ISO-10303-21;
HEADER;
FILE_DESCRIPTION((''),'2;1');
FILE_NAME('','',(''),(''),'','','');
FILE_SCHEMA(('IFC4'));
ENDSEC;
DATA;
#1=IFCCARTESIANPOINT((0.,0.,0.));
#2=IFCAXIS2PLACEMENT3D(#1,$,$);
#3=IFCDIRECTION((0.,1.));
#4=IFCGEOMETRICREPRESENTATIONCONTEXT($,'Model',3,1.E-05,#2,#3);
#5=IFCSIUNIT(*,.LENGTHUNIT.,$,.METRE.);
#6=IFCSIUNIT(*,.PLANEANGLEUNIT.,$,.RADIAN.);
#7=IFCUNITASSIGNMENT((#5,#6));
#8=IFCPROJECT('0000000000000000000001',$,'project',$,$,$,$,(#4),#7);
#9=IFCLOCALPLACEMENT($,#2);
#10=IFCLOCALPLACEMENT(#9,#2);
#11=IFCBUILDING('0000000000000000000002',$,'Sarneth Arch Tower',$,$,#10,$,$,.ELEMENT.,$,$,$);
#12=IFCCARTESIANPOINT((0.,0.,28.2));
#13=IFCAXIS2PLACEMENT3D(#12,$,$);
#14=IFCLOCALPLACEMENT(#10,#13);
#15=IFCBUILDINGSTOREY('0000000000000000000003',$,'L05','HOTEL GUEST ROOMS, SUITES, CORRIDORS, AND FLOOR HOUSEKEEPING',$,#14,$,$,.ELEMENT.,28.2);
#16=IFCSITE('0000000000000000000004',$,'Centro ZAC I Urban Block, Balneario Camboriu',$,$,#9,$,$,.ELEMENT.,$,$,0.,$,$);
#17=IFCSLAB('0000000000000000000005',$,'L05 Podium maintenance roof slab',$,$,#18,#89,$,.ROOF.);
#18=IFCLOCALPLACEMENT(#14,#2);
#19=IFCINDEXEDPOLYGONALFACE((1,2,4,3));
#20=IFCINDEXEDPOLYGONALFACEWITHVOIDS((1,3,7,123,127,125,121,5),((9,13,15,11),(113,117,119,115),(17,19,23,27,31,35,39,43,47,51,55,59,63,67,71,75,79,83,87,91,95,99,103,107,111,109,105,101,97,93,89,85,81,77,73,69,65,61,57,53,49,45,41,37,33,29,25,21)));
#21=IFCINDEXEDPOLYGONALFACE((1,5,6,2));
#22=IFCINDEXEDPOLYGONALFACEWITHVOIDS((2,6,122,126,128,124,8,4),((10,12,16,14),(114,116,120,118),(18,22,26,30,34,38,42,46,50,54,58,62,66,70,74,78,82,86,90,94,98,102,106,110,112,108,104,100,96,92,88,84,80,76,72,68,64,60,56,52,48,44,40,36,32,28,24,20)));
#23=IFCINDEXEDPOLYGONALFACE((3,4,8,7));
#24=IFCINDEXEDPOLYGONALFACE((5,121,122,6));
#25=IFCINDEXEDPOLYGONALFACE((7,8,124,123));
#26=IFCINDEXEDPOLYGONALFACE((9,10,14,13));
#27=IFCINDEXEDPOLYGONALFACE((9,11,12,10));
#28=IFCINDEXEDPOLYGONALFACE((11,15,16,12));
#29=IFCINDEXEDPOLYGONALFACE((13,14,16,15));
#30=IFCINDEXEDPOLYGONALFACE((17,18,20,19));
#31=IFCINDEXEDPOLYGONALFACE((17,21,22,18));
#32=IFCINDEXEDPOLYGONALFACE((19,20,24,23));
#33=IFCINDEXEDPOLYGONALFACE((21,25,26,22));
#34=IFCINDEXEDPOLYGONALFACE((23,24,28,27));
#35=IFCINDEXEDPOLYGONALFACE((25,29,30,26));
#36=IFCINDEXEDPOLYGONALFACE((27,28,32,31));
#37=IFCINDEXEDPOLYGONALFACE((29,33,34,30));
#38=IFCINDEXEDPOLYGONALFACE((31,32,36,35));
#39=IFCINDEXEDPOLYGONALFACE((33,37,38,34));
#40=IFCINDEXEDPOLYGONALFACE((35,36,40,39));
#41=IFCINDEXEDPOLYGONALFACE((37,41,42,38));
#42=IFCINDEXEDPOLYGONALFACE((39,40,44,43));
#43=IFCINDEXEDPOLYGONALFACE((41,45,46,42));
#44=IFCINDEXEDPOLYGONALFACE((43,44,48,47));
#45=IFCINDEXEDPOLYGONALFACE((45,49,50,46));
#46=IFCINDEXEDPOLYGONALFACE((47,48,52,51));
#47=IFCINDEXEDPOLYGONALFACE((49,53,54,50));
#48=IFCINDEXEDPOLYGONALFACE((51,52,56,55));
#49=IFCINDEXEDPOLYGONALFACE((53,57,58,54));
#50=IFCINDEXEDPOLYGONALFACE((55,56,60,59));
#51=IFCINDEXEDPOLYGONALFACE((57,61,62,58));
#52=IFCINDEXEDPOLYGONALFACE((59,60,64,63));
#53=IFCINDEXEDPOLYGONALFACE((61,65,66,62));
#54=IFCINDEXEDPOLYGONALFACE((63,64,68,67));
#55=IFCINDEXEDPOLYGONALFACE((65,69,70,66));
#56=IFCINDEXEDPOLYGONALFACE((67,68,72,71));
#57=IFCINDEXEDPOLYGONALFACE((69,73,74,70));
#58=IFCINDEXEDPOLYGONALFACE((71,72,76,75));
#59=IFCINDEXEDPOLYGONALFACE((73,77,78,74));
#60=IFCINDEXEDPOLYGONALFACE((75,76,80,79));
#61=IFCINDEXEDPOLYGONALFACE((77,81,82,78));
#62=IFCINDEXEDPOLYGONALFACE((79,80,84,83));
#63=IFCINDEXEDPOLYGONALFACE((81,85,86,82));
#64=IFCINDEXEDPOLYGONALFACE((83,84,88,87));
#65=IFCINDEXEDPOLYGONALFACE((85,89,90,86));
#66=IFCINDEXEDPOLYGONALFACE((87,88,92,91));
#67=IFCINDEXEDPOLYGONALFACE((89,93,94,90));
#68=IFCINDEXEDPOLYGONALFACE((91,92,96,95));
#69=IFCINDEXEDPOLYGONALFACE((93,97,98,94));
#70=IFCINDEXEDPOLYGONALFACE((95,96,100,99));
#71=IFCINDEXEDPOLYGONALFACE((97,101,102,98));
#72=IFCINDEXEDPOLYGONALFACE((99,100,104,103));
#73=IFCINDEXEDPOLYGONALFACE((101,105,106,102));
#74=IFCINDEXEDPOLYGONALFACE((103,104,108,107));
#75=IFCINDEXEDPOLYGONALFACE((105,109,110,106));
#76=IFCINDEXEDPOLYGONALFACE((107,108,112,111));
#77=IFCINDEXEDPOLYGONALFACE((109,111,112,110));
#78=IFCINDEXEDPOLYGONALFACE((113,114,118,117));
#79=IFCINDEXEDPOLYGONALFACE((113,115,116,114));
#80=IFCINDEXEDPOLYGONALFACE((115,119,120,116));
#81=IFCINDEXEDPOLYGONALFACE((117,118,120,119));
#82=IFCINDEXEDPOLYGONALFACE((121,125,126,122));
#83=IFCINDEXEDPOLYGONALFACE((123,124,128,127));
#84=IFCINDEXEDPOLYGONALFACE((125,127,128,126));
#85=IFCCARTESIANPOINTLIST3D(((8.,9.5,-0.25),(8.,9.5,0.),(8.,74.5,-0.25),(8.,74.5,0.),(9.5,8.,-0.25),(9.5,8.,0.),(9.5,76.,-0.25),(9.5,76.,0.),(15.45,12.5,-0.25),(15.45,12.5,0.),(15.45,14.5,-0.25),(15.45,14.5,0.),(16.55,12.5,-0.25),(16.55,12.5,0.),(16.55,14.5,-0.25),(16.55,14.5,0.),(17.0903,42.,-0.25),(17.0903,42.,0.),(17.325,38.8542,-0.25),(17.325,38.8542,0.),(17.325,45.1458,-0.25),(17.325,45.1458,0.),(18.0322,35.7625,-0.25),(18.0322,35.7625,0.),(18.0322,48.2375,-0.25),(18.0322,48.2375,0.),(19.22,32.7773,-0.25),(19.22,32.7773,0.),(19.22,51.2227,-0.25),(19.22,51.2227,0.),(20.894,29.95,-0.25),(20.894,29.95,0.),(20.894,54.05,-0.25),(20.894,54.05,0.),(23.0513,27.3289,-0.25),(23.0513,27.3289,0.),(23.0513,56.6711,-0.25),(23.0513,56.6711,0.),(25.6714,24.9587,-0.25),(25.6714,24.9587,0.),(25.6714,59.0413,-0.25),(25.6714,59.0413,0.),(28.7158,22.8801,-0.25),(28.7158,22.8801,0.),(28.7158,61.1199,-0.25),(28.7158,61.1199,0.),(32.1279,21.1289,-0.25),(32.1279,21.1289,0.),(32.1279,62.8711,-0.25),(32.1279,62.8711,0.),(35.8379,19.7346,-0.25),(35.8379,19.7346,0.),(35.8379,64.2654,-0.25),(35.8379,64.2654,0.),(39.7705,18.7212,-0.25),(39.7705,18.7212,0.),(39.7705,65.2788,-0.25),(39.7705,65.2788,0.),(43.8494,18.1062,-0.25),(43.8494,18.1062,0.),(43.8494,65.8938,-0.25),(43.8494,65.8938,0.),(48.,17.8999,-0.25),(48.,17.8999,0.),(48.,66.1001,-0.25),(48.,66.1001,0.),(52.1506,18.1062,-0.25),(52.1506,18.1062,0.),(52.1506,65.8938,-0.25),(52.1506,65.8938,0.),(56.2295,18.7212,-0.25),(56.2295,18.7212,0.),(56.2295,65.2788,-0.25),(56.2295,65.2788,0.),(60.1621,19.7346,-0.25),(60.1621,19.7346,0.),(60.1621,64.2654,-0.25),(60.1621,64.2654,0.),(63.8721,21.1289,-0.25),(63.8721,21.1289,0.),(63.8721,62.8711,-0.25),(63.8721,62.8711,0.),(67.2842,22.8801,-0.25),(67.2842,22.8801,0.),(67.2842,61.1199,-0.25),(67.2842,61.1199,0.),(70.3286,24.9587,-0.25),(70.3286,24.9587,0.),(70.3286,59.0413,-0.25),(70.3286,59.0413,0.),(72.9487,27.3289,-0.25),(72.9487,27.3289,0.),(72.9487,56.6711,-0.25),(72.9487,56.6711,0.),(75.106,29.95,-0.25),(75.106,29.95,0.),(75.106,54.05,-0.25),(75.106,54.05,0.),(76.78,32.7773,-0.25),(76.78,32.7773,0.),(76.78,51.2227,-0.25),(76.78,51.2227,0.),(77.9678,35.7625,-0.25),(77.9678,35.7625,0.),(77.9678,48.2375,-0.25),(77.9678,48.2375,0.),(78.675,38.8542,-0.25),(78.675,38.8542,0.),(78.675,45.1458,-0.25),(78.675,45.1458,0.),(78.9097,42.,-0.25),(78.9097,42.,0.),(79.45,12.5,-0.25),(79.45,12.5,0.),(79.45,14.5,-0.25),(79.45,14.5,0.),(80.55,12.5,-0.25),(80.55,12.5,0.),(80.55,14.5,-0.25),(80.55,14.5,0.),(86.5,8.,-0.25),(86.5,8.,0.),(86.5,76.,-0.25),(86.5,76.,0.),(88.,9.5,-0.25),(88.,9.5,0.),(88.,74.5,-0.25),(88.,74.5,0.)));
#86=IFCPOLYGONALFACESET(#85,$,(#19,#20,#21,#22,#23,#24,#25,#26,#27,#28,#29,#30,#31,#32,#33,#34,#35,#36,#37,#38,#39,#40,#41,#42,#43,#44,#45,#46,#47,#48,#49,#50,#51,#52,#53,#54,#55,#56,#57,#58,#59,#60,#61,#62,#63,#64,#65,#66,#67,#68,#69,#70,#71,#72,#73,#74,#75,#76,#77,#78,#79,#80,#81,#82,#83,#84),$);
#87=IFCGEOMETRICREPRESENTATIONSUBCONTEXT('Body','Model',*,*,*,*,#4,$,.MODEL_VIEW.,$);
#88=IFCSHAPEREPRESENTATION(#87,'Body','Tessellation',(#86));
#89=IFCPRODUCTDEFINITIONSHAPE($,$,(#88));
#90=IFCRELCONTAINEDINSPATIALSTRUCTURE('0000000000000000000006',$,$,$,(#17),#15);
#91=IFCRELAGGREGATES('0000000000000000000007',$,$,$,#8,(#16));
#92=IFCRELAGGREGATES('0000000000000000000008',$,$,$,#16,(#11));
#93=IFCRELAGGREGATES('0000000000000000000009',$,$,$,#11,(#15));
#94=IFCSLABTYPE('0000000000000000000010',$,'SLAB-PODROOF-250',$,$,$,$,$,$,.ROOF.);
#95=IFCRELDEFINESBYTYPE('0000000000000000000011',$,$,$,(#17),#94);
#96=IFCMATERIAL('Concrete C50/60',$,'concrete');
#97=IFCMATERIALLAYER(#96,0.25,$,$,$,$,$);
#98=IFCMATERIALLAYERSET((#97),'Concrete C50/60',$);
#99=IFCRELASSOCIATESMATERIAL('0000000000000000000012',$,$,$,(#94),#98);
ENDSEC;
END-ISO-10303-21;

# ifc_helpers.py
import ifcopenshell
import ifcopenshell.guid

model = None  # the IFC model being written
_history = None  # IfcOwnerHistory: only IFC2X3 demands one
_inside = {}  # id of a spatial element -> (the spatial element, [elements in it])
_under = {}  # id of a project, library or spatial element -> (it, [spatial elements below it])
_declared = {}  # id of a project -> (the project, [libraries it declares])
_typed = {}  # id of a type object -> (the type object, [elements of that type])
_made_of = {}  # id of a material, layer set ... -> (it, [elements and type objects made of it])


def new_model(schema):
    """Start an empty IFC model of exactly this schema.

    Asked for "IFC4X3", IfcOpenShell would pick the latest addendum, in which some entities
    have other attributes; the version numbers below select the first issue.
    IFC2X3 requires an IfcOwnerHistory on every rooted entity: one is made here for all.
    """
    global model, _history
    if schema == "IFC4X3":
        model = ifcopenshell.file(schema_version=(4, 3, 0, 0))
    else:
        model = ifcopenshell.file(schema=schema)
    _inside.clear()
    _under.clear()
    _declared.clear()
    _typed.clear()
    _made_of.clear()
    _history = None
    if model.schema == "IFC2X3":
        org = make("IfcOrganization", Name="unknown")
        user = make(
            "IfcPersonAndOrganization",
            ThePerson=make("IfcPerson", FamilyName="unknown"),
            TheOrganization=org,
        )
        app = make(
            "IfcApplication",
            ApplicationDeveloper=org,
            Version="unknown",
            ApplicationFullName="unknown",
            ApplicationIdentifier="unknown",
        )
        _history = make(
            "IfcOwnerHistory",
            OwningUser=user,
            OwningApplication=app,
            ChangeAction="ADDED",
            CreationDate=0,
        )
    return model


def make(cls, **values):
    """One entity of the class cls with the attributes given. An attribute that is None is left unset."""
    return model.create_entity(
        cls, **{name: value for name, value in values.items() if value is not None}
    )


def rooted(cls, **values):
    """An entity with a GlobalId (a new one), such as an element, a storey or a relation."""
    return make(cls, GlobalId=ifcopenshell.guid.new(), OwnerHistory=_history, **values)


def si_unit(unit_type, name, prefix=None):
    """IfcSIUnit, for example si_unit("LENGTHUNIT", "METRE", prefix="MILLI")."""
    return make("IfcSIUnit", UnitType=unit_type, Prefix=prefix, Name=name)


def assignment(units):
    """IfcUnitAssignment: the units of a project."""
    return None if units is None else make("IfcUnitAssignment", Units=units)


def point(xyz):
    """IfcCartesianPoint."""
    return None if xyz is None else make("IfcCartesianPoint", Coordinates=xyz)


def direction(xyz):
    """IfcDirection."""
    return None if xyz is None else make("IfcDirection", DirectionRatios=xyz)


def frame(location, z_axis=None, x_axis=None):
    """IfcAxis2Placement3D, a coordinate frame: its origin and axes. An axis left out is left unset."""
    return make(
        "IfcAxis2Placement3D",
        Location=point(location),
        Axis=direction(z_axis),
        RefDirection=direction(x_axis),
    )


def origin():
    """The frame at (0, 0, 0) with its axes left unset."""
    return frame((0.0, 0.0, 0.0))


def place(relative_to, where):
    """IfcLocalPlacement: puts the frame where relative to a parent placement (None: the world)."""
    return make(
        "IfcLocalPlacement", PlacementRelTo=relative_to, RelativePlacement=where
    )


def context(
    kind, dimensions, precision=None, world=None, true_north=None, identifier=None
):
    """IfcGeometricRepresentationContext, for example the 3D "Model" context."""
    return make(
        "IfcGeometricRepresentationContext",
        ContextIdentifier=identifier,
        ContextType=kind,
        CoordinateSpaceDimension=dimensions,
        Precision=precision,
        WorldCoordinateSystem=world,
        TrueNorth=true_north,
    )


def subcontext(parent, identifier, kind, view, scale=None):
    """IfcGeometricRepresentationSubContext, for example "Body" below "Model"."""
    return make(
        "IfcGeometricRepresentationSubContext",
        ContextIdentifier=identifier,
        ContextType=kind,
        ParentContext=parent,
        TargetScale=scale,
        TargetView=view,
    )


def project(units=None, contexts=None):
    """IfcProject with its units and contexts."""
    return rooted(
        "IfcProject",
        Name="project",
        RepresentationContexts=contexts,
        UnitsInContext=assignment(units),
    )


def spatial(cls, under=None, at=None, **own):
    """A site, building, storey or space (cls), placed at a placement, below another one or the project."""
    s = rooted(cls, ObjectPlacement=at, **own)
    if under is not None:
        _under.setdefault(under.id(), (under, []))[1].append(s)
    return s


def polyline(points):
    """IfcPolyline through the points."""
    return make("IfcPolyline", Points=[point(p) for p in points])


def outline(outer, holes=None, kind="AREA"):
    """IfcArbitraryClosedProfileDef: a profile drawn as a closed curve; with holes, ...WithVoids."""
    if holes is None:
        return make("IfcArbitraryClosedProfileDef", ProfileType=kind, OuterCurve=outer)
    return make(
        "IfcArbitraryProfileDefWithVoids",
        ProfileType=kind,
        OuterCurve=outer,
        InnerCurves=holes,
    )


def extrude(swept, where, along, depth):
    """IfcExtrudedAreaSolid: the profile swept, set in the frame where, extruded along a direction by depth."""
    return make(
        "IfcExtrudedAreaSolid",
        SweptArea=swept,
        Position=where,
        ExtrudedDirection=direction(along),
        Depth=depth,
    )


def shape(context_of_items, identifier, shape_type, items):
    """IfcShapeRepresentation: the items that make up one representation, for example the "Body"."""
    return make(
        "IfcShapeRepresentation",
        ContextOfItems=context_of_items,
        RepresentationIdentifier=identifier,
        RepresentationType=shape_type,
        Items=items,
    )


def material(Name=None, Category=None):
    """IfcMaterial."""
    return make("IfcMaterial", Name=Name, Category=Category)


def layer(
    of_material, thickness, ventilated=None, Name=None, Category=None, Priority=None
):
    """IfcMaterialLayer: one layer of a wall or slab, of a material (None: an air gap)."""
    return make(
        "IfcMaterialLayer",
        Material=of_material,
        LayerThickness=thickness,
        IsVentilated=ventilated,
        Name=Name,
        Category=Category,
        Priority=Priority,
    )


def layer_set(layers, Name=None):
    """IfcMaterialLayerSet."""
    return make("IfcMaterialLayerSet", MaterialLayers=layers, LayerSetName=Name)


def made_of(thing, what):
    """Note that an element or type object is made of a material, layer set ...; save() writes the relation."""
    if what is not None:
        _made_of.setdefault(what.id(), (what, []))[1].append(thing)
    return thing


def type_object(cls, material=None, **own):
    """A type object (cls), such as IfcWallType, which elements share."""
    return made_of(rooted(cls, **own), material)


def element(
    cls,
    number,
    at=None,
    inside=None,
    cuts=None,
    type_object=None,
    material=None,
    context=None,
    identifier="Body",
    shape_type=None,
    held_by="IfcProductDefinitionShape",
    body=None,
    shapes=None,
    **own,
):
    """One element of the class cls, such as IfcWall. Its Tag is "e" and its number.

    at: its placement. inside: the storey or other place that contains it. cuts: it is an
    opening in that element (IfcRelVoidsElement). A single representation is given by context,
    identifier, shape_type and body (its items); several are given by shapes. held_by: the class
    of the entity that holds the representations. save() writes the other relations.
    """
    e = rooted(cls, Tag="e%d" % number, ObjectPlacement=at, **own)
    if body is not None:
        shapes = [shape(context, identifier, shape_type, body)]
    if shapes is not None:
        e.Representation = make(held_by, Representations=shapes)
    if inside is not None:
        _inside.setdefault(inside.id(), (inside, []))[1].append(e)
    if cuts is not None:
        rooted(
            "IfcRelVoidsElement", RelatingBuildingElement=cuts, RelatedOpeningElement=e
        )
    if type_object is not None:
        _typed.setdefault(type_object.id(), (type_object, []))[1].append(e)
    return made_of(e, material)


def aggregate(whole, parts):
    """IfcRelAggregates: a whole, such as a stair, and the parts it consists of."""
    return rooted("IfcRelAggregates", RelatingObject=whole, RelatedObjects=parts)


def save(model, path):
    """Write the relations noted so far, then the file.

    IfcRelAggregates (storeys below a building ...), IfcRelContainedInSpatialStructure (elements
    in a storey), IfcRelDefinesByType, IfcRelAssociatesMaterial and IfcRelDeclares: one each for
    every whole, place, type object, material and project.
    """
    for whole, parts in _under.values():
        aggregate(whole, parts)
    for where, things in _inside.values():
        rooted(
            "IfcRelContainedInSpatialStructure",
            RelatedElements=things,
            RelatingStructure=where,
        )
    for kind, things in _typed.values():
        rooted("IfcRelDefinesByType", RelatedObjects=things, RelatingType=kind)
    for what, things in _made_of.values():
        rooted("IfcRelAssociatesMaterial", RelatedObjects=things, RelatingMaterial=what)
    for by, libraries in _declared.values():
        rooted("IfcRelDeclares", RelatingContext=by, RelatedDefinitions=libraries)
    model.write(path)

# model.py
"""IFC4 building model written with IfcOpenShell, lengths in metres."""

from ifc_helpers import new_model, si_unit, direction, frame, origin, place, context, subcontext, project, spatial, polyline, outline, extrude, material, layer, layer_set, type_object, element, save


model = new_model("IFC4")

# Units and contexts
model_context = context("Model", 3, precision=1e-05, world=origin(), true_north=direction((0.0, 1.0)))
body_context = subcontext(model_context, "Body", "Model", "MODEL_VIEW")
ifc_project = project(units=[si_unit("LENGTHUNIT", "METRE"), si_unit("PLANEANGLEUNIT", "RADIAN")], contexts=[model_context])

# Site, building, storey
site_placement = place(None, origin())
site = spatial("IfcSite", under=ifc_project, at=site_placement, Name="Centro ZAC I Urban Block, Balneario Camboriu", CompositionType="ELEMENT", RefElevation=0.0)
building_placement = place(site_placement, origin())
building = spatial("IfcBuilding", under=site, at=building_placement, Name="Sarneth Arch Tower", CompositionType="ELEMENT")
storey_placement = place(building_placement, frame((0.0, 0.0, 28.2)))
storey = spatial("IfcBuildingStorey", under=building, at=storey_placement, Name="L05", Description="HOTEL GUEST ROOMS, SUITES, CORRIDORS, AND FLOOR HOUSEKEEPING", CompositionType="ELEMENT", Elevation=28.2)

# Slab
ifc_material_1 = material(Name="Concrete C50/60", Category="concrete")
ifc_layer_1 = layer(ifc_material_1, 0.25)
ifc_layer_set_1 = layer_set([ifc_layer_1], Name="Concrete C50/60")
slab_type_1 = type_object("IfcSlabType", Name="SLAB-PODROOF-250", PredefinedType="ROOF", material=ifc_layer_set_1)
slab_1_placement = place(storey_placement, frame((0.0, 0.0, -0.25)))
element("IfcSlab", 1, at=slab_1_placement, inside=storey, type_object=slab_type_1, Name="L05 Podium maintenance roof slab", PredefinedType="ROOF", context=body_context, shape_type="SweptSolid", body=[
    extrude(outline(polyline([(9.5, 8.0), (86.5, 8.0), (88.0, 9.5), (88.0, 74.5), (86.5, 76.0), (9.5, 76.0), (8.0, 74.5), (8.0, 9.5), (9.5, 8.0)]), holes=[polyline([(78.9097, 42.0), (78.675, 45.1458), (77.9678, 48.2375), (76.78, 51.2227), (75.106, 54.05), (72.9487, 56.6711), (70.3286, 59.0413), (67.2842, 61.1199), (63.8721, 62.8711), (60.1621, 64.2654), (56.2295, 65.2788), (52.1506, 65.8938), (48.0, 66.1001), (43.8494, 65.8938), (39.7705, 65.2788), (35.8379, 64.2654), (32.1279, 62.8711), (28.7158, 61.1199), (25.6714, 59.0413), (23.0513, 56.6711), (20.894, 54.05), (19.22, 51.2227), (18.0322, 48.2375), (17.325, 45.1458), (17.0903, 42.0), (17.325, 38.8542), (18.0322, 35.7625), (19.22, 32.7773), (20.894, 29.95), (23.0513, 27.3289), (25.6714, 24.9587), (28.7158, 22.8801), (32.1279, 21.1289), (35.8379, 19.7346), (39.7705, 18.7212), (43.8494, 18.1062), (48.0, 17.8999), (52.1506, 18.1062), (56.2295, 18.7212), (60.1621, 19.7346), (63.8721, 21.1289), (67.2842, 22.8801), (70.3286, 24.9587), (72.9487, 27.3289), (75.106, 29.95), (76.78, 32.7773), (77.9678, 35.7625), (78.675, 38.8542), (78.9097, 42.0)]), polyline([(15.45, 12.5), (16.55, 12.5), (16.55, 14.5), (15.45, 14.5), (15.45, 12.5)]), polyline([(79.45, 12.5), (80.55, 12.5), (80.55, 14.5), (79.45, 14.5), (79.45, 12.5)])]), origin(), (0.0, 0.0, 1.0), 0.25),
])

save(model, "model.ifc")
